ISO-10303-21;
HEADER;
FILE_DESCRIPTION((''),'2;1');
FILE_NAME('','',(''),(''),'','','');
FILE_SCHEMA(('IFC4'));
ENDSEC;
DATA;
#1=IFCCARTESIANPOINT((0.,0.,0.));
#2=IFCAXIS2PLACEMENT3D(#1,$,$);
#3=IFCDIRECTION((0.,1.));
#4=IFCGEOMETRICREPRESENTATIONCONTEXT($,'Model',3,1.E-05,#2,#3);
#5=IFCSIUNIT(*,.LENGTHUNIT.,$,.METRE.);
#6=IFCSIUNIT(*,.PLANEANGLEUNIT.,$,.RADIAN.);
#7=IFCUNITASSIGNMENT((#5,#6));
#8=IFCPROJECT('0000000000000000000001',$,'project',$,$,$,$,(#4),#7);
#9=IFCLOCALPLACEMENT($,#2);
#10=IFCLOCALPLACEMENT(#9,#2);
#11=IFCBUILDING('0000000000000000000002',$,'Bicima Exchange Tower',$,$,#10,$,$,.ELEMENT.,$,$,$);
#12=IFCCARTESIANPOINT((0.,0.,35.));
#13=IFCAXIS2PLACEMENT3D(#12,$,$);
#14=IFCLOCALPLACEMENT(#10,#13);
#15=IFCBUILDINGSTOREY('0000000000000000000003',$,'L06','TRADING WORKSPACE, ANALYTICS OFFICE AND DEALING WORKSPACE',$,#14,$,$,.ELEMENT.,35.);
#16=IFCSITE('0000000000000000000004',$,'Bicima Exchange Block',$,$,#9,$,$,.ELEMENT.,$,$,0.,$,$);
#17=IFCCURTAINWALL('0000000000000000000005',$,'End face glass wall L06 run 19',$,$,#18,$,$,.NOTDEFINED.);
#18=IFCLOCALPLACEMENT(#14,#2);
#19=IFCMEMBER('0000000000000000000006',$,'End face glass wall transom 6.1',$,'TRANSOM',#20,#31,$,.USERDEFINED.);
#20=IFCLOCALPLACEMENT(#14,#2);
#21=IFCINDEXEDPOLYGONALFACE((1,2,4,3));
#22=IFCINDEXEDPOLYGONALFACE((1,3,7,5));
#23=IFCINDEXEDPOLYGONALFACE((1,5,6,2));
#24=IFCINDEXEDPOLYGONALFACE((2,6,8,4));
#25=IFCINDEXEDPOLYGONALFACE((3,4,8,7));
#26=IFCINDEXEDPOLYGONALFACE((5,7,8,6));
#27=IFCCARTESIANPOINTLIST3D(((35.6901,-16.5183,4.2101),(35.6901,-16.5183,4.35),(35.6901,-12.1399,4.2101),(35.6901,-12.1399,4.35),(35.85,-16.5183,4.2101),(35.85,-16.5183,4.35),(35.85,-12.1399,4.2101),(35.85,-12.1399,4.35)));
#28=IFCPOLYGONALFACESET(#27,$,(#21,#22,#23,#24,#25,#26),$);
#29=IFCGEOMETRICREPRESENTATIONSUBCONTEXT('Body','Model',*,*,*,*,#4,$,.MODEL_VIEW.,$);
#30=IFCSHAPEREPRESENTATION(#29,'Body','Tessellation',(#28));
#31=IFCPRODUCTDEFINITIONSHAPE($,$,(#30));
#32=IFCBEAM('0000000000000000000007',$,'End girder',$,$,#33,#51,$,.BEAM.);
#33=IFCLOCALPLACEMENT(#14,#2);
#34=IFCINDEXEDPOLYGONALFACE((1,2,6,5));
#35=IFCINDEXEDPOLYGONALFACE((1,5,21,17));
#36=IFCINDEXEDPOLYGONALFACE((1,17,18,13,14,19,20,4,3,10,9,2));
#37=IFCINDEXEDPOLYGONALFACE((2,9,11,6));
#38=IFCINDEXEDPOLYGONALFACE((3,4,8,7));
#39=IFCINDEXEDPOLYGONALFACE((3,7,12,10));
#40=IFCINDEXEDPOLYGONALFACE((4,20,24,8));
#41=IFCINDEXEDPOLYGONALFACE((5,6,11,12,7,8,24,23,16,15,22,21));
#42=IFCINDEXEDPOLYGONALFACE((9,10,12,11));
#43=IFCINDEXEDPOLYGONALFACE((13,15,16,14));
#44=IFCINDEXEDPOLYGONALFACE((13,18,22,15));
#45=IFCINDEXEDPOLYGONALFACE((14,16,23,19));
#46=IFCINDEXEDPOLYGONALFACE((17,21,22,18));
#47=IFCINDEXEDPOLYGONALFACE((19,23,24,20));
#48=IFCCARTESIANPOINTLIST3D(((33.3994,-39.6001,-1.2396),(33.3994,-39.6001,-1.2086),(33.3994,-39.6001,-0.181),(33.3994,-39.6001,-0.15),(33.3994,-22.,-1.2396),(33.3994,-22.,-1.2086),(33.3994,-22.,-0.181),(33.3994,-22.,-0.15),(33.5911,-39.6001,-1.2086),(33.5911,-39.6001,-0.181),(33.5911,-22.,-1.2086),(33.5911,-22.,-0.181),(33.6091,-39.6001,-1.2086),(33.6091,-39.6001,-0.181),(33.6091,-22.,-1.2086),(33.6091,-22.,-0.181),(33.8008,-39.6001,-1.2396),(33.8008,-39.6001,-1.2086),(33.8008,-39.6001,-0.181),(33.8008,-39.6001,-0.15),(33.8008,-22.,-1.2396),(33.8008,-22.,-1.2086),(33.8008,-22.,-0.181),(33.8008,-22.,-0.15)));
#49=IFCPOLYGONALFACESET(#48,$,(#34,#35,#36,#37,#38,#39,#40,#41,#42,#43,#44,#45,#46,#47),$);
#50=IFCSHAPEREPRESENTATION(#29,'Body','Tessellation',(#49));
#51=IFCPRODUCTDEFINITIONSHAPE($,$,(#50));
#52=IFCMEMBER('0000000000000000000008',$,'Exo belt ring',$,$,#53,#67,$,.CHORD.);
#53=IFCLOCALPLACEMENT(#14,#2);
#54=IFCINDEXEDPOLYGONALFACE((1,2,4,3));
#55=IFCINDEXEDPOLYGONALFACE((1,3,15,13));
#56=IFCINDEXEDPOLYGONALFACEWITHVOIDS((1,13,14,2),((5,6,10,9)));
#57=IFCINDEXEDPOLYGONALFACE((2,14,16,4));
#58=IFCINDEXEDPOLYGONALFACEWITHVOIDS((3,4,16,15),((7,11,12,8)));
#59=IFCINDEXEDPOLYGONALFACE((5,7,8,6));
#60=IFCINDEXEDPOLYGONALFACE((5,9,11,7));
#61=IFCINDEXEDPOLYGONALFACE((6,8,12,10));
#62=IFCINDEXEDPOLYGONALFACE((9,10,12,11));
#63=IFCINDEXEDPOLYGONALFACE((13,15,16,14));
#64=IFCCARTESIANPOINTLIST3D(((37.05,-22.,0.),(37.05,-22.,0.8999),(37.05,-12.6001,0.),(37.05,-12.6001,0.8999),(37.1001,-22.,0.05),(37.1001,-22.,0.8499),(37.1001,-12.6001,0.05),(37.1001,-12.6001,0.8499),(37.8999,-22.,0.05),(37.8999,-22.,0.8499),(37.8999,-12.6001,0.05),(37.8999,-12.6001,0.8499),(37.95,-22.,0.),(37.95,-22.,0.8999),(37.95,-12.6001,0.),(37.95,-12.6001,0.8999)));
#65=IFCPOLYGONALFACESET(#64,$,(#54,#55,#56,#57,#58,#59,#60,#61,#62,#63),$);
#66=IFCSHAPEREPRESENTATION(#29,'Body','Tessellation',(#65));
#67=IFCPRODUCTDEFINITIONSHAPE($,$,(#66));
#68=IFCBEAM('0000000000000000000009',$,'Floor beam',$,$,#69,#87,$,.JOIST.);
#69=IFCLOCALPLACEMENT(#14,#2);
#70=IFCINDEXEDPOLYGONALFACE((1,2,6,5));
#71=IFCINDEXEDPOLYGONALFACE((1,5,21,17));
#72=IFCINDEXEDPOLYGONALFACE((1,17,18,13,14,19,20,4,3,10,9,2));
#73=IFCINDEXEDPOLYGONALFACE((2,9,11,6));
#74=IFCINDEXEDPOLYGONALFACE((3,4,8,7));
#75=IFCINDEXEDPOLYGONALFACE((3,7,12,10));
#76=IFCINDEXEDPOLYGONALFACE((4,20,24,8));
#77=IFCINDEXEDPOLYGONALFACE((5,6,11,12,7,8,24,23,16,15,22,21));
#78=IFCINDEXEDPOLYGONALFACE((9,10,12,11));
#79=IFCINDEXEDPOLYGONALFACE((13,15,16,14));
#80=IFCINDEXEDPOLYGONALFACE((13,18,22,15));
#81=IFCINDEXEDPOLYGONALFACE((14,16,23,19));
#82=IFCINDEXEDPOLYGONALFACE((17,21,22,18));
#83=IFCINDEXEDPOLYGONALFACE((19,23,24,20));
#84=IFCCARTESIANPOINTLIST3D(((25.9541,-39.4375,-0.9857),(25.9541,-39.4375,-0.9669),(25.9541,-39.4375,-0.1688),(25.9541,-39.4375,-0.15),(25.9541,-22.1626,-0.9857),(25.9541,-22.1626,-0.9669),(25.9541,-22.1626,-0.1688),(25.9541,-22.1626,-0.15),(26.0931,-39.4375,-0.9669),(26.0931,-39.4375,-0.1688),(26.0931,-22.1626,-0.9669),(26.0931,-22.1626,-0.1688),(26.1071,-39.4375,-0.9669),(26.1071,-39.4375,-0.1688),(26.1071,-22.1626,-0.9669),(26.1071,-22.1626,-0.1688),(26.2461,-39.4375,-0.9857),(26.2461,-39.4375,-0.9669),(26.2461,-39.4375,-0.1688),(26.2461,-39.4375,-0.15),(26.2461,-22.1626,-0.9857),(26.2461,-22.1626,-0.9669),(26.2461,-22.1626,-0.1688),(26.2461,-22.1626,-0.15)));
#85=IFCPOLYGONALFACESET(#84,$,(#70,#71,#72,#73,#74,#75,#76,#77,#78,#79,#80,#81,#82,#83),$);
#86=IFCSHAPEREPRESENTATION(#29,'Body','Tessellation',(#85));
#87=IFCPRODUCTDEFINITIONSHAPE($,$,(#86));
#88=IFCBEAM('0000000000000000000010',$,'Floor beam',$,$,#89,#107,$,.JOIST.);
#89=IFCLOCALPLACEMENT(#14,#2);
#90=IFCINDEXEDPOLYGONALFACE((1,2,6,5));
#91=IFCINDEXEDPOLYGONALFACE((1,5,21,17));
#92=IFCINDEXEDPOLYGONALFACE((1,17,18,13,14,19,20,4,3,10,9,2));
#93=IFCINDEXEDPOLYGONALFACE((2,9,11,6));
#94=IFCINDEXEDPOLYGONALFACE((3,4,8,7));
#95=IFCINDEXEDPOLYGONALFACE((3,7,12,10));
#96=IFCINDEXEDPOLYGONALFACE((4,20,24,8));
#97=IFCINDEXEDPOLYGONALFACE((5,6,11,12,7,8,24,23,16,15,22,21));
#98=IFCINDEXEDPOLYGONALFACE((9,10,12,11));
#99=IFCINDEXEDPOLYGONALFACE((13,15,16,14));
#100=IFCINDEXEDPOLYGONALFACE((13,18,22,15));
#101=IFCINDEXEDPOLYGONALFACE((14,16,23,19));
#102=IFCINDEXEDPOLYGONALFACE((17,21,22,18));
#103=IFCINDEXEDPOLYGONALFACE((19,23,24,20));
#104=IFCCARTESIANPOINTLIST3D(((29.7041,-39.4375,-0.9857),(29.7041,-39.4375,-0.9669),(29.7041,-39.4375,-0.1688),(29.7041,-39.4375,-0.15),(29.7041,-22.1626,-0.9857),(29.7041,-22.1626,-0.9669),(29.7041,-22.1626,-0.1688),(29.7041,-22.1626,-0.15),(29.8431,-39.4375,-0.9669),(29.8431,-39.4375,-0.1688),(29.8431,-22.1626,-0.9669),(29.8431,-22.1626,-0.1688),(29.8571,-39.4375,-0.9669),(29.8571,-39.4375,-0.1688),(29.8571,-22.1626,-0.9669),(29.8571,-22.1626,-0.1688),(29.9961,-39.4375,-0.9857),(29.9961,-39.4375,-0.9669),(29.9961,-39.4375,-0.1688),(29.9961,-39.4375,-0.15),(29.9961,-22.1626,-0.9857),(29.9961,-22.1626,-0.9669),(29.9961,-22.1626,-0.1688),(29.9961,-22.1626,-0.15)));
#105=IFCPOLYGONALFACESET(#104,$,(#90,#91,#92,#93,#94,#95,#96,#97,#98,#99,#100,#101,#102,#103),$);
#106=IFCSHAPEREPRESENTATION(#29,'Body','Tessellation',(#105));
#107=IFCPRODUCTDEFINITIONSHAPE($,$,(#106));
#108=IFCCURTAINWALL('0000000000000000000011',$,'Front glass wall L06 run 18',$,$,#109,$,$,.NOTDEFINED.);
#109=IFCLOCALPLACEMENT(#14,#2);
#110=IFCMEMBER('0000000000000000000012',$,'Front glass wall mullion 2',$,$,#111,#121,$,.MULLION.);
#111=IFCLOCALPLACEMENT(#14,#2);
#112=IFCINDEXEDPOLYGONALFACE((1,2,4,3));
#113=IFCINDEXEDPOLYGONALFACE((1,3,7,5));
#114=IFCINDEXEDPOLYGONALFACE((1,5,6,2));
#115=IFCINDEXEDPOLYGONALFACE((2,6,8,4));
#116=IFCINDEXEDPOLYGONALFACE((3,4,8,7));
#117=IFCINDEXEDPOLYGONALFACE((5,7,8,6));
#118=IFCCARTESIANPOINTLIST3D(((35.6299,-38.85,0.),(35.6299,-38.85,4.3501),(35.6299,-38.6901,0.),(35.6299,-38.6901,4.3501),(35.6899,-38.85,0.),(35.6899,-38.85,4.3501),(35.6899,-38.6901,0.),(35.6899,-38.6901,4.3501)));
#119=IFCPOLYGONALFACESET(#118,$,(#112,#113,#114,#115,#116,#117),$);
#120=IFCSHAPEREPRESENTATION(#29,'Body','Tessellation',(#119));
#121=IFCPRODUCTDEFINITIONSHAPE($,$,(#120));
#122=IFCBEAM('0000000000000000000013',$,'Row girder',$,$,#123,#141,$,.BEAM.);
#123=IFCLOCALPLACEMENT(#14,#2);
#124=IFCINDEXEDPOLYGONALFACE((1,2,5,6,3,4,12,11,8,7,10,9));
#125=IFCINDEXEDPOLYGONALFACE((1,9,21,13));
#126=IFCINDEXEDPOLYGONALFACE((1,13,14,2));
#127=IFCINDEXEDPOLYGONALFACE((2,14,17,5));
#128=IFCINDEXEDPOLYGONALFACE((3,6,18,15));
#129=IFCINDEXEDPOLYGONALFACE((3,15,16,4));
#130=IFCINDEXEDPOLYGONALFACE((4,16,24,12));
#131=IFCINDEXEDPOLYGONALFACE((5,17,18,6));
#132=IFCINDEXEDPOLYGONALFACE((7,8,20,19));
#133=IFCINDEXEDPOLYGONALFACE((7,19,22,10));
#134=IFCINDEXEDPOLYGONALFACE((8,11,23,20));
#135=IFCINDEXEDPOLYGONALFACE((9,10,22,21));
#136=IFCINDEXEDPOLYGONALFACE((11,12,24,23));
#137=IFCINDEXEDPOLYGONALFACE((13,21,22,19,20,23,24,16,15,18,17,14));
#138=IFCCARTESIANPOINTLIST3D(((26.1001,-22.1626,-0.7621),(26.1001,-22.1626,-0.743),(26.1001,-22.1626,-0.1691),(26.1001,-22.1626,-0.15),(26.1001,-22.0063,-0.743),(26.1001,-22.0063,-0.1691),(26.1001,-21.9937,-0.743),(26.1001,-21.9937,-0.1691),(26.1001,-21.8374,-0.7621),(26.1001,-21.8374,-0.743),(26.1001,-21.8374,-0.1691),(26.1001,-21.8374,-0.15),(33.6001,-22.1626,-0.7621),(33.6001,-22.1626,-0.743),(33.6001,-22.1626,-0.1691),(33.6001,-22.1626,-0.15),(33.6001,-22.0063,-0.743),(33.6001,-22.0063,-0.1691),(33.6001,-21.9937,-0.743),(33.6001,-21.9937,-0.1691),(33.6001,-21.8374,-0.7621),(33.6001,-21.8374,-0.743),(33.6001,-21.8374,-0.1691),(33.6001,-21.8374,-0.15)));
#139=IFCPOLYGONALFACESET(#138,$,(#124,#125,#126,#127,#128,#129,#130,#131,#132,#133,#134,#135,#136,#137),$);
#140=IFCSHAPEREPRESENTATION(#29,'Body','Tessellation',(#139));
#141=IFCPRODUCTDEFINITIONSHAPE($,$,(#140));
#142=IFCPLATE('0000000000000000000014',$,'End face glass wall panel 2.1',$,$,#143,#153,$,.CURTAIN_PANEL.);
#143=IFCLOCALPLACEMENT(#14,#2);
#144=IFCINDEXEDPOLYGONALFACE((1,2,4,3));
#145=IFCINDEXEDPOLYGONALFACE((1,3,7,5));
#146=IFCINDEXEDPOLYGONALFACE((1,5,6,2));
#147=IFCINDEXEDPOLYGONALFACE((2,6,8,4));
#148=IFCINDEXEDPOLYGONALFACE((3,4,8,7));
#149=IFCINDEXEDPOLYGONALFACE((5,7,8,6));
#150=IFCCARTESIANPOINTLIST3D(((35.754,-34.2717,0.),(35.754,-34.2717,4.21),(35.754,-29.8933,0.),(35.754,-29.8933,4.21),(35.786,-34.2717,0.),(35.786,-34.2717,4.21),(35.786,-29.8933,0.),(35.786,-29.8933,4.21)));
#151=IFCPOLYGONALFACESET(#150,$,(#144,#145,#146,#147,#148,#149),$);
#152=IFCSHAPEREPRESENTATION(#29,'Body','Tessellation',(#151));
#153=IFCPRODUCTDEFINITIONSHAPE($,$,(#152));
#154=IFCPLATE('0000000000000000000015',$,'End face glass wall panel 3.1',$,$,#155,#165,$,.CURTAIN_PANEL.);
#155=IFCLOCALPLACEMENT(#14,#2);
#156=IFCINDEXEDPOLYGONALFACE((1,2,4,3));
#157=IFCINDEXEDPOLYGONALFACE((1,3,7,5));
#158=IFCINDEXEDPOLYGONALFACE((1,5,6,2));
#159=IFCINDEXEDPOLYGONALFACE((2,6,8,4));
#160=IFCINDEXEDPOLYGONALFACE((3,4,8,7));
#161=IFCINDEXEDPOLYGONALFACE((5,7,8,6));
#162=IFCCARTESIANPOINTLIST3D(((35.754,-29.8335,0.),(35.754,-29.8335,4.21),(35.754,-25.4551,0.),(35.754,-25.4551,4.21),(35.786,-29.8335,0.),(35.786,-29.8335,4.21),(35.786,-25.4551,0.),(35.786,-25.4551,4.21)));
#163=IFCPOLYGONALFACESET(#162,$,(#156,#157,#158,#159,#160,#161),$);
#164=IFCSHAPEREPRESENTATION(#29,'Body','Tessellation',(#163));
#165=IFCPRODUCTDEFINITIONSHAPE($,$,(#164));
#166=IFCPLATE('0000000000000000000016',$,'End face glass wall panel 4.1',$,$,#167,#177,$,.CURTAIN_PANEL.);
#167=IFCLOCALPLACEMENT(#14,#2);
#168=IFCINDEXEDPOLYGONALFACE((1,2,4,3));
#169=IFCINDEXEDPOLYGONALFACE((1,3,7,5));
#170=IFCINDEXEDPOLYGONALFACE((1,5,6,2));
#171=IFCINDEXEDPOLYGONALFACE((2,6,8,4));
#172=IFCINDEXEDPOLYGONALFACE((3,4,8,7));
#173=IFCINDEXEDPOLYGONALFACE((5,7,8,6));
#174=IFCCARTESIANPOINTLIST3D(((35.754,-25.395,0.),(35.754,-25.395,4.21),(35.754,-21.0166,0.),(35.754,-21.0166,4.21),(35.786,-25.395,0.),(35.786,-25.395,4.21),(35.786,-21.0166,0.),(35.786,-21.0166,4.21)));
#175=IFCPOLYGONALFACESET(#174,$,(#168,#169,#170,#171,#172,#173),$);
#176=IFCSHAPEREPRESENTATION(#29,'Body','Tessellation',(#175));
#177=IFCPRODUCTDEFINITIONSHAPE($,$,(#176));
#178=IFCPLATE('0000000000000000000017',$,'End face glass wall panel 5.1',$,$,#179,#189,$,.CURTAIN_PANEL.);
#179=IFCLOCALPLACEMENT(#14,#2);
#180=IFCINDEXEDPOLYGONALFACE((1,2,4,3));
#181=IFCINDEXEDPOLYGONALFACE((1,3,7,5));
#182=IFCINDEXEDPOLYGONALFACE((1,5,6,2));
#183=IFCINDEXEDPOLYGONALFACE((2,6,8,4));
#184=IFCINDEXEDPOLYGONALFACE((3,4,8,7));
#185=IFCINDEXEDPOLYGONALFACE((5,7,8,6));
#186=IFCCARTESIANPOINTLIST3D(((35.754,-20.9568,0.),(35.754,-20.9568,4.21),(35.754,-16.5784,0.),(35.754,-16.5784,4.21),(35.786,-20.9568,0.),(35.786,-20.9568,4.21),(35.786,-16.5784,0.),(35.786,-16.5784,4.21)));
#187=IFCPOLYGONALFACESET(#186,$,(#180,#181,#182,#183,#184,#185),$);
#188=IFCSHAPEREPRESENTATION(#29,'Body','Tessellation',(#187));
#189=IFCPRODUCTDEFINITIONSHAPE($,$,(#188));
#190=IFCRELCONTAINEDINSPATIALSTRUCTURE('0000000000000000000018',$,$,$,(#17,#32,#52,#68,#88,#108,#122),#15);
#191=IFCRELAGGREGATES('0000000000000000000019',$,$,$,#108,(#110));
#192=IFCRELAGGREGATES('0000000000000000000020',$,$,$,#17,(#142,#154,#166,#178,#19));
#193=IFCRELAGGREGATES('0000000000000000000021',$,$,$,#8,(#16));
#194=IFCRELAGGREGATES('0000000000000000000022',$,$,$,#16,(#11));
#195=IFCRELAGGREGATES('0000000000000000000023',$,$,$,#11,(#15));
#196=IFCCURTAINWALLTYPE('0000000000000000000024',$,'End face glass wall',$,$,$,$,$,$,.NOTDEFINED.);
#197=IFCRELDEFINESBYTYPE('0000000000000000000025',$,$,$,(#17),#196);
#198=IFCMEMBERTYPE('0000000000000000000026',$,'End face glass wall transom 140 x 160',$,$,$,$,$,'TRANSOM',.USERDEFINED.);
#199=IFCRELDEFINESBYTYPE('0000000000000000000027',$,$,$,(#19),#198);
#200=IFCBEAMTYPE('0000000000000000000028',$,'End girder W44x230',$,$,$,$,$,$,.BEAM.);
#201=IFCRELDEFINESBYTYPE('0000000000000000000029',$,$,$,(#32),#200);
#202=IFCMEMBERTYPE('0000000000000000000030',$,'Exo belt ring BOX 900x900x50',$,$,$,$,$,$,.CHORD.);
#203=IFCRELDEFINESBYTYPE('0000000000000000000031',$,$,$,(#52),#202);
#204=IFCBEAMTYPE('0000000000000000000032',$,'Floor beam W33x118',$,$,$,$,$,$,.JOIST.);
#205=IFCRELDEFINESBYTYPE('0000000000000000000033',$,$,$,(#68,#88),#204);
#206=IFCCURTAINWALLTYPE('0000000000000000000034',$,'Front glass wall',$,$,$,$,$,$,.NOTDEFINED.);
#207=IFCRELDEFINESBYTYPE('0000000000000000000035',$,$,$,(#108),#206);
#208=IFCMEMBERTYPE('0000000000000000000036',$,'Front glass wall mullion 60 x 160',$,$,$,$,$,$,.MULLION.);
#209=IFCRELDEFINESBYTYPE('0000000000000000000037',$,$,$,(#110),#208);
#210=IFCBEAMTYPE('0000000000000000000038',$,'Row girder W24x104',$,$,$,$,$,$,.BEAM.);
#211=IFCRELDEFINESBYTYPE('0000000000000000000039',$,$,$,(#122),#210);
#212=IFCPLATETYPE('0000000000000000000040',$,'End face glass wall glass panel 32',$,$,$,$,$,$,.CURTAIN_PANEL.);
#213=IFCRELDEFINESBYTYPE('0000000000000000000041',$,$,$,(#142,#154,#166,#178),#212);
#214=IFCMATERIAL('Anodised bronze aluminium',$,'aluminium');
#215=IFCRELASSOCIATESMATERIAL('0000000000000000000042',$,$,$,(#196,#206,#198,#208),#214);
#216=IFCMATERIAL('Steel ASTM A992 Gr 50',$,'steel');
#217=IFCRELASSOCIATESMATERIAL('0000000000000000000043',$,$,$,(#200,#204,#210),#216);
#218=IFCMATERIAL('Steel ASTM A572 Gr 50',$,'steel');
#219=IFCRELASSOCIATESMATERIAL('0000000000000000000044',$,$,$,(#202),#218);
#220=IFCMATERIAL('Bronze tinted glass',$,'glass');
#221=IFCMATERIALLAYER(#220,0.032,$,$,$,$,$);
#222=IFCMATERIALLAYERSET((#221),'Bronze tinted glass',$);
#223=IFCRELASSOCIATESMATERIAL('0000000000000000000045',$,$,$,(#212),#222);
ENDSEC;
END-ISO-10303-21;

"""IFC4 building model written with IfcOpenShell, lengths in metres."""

from ifc_helpers import new_model, si_unit, direction, frame, origin, origin_2d, place, context, subcontext, project, spatial, rectangle, hollow_rectangle, i_section, extrude, material, layer, layer_set, material_profile, profile_set, type_object, element, aggregate, save


model = new_model("IFC4")

# Units and contexts
model_context = context("Model", 3, precision=1e-05, world=origin(), true_north=direction((0.0, 1.0)))
body_context = subcontext(model_context, "Body", "Model", "MODEL_VIEW")
ifc_project = project(units=[si_unit("LENGTHUNIT", "METRE"), si_unit("PLANEANGLEUNIT", "RADIAN")], contexts=[model_context])

# Site, building, storey
site_placement = place(None, origin())
site = spatial("IfcSite", under=ifc_project, at=site_placement, Name="Bicima Exchange Block", CompositionType="ELEMENT", RefElevation=0.0)
building_placement = place(site_placement, origin())
building = spatial("IfcBuilding", under=site, at=building_placement, Name="Bicima Exchange Tower", CompositionType="ELEMENT")
storey_placement = place(building_placement, frame((0.0, 0.0, 35.0)))
storey = spatial("IfcBuildingStorey", under=building, at=storey_placement, Name="L06", Description="TRADING WORKSPACE, ANALYTICS OFFICE AND DEALING WORKSPACE", CompositionType="ELEMENT", Elevation=35.0)

# Shared definitions
ifc_material_1 = material(Name="Steel ASTM A992 Gr 50", Category="steel")

# Curtain wall, member
ifc_material_2 = material(Name="Anodised bronze aluminium", Category="aluminium")
curtain_wall_type_1 = type_object("IfcCurtainWallType", Name="End face glass wall", PredefinedType="NOTDEFINED", material=ifc_material_2)
curtain_wall_1_placement = place(storey_placement, origin())
curtain_wall_1 = element("IfcCurtainWall", 1, at=curtain_wall_1_placement, inside=storey, type_object=curtain_wall_type_1, Name="End face glass wall L06 run 19", PredefinedType="NOTDEFINED")
ifc_material_profile_1 = material_profile(ifc_material_2, rectangle(XDim=0.1599, YDim=0.0601, at=origin_2d()))
ifc_profile_set_1 = profile_set([ifc_material_profile_1], Name="Anodised bronze aluminium")
ifc_material_profile_2 = material_profile(ifc_material_2, rectangle(XDim=0.1599, YDim=0.1399, at=origin_2d()))
ifc_profile_set_2 = profile_set([ifc_material_profile_2], Name="Anodised bronze aluminium")
member_type_1 = type_object("IfcMemberType", Name="End face glass wall transom 140 x 160", ElementType="TRANSOM", PredefinedType="USERDEFINED", material=ifc_profile_set_2)
member_1_placement = place(storey_placement, frame((35.77, -16.5183, 4.28), z_axis=(0.0, 1.0, 0.0), x_axis=(-1.0, 0.0, 0.0)))
member_1 = element("IfcMember", 2, at=member_1_placement, type_object=member_type_1, Name="End face glass wall transom 6.1", ObjectType="TRANSOM", PredefinedType="USERDEFINED", context=body_context, shape_type="SweptSolid", body=[
    extrude(rectangle(XDim=0.1599, YDim=0.1399, at=origin_2d()), origin(), (0.0, 0.0, 1.0), 4.3784),
])

# Beam
ifc_material_profile_3 = material_profile(ifc_material_1, i_section(OverallWidth=0.4014, OverallDepth=1.0896, WebThickness=0.0181, FlangeThickness=0.031, at=origin_2d()))
ifc_profile_set_3 = profile_set([ifc_material_profile_3], Name="Steel ASTM A992 Gr 50")
beam_type_1 = type_object("IfcBeamType", Name="End girder W44x230", PredefinedType="BEAM", material=ifc_profile_set_3)
beam_1_placement = place(storey_placement, frame((33.6001, -22.0, -0.6948), z_axis=(0.0, -1.0, 0.0), x_axis=(1.0, 0.0, 0.0)))
element("IfcBeam", 3, at=beam_1_placement, inside=storey, type_object=beam_type_1, Name="End girder", PredefinedType="BEAM", context=body_context, shape_type="SweptSolid", body=[
    extrude(i_section(OverallWidth=0.4014, OverallDepth=1.0896, WebThickness=0.0181, FlangeThickness=0.031, at=origin_2d()), origin(), (0.0, 0.0, 1.0), 17.6001),
])

# Member
ifc_material_3 = material(Name="Steel ASTM A572 Gr 50", Category="steel")
ifc_material_profile_4 = material_profile(ifc_material_3, hollow_rectangle(XDim=0.8999, YDim=0.8999, WallThickness=0.05, at=origin_2d()))
ifc_profile_set_4 = profile_set([ifc_material_profile_4], Name="Steel ASTM A572 Gr 50")
member_type_2 = type_object("IfcMemberType", Name="Exo belt ring BOX 900x900x50", PredefinedType="CHORD", material=ifc_profile_set_4)
member_2_placement = place(storey_placement, frame((37.5, -22.0, 0.45), z_axis=(0.0, 1.0, 0.0), x_axis=(-1.0, 0.0, 0.0)))
element("IfcMember", 4, at=member_2_placement, inside=storey, type_object=member_type_2, Name="Exo belt ring", PredefinedType="CHORD", context=body_context, shape_type="SweptSolid", body=[
    extrude(hollow_rectangle(XDim=0.8999, YDim=0.8999, WallThickness=0.05, at=origin_2d()), origin(), (0.0, 0.0, 1.0), 9.3999),
])

# Beams
ifc_material_profile_5 = material_profile(ifc_material_1, i_section(OverallWidth=0.292, OverallDepth=0.8357, WebThickness=0.0139, FlangeThickness=0.0188, at=origin_2d()))
ifc_profile_set_5 = profile_set([ifc_material_profile_5], Name="Steel ASTM A992 Gr 50")
beam_type_2 = type_object("IfcBeamType", Name="Floor beam W33x118", PredefinedType="JOIST", material=ifc_profile_set_5)
for number, where, z_axis, x_axis, name in (
    (5, (26.1001, -22.1626, -0.5679), (0.0, -1.0, 0.0), (1.0, 0.0, 0.0), "Floor beam"),
    (6, (29.8501, -22.1626, -0.5679), (0.0, -1.0, 0.0), (1.0, 0.0, 0.0), "Floor beam"),
):
    element("IfcBeam", number, at=place(storey_placement, frame(where, z_axis=z_axis, x_axis=x_axis)), inside=storey, type_object=beam_type_2, Name=name, PredefinedType="JOIST", context=body_context, shape_type="SweptSolid", body=[
        extrude(i_section(OverallWidth=0.292, OverallDepth=0.8357, WebThickness=0.0139, FlangeThickness=0.0188, at=origin_2d()), origin(), (0.0, 0.0, 1.0), 17.2749),
    ])

# Curtain wall, member
curtain_wall_type_2 = type_object("IfcCurtainWallType", Name="Front glass wall", PredefinedType="NOTDEFINED", material=ifc_material_2)
curtain_wall_2_placement = place(storey_placement, origin())
curtain_wall_2 = element("IfcCurtainWall", 7, at=curtain_wall_2_placement, inside=storey, type_object=curtain_wall_type_2, Name="Front glass wall L06 run 18", PredefinedType="NOTDEFINED")
member_type_3 = type_object("IfcMemberType", Name="Front glass wall mullion 60 x 160", PredefinedType="MULLION", material=ifc_profile_set_1)
member_3_placement = place(storey_placement, frame((35.6599, -38.77, 0.0), z_axis=(0.0, 0.0, 1.0), x_axis=(0.0, 1.0, 0.0)))
member_3 = element("IfcMember", 8, at=member_3_placement, type_object=member_type_3, Name="Front glass wall mullion 2", PredefinedType="MULLION", context=body_context, shape_type="SweptSolid", body=[
    extrude(rectangle(XDim=0.1599, YDim=0.0601, at=origin_2d()), origin(), (0.0, 0.0, 1.0), 4.3501),
])
aggregate(curtain_wall_2, [member_3])

# Beam
ifc_material_profile_6 = material_profile(ifc_material_1, i_section(OverallWidth=0.3252, OverallDepth=0.6121, WebThickness=0.0127, FlangeThickness=0.019, at=origin_2d()))
ifc_profile_set_6 = profile_set([ifc_material_profile_6], Name="Steel ASTM A992 Gr 50")
beam_type_3 = type_object("IfcBeamType", Name="Row girder W24x104", PredefinedType="BEAM", material=ifc_profile_set_6)
beam_2_placement = place(storey_placement, frame((26.1001, -22.0, -0.4561), z_axis=(1.0, 0.0, 0.0), x_axis=(0.0, 1.0, 0.0)))
element("IfcBeam", 9, at=beam_2_placement, inside=storey, type_object=beam_type_3, Name="Row girder", PredefinedType="BEAM", context=body_context, shape_type="SweptSolid", body=[
    extrude(i_section(OverallWidth=0.3252, OverallDepth=0.6121, WebThickness=0.0127, FlangeThickness=0.019, at=origin_2d()), origin(), (0.0, 0.0, 1.0), 7.5),
])

# Plates
ifc_material_4 = material(Name="Bronze tinted glass", Category="glass")
ifc_layer_1 = layer(ifc_material_4, 0.032)
ifc_layer_set_1 = layer_set([ifc_layer_1], Name="Bronze tinted glass")
plate_type_1 = type_object("IfcPlateType", Name="End face glass wall glass panel 32", PredefinedType="CURTAIN_PANEL", material=ifc_layer_set_1)
plate_1_placement = place(storey_placement, frame((35.77, -32.0825, 0.0), z_axis=(0.0, 0.0, 1.0), x_axis=(0.0, 1.0, 0.0)))
plate_1 = element("IfcPlate", 10, at=plate_1_placement, type_object=plate_type_1, Name="End face glass wall panel 2.1", PredefinedType="CURTAIN_PANEL", context=body_context, shape_type="SweptSolid", body=[
    extrude(rectangle(XDim=4.3784, YDim=0.032, at=origin_2d()), origin(), (0.0, 0.0, 1.0), 4.21),
])
plate_2_placement = place(storey_placement, frame((35.77, -27.6443, 0.0), z_axis=(0.0, 0.0, 1.0), x_axis=(0.0, 1.0, 0.0)))
plate_2 = element("IfcPlate", 11, at=plate_2_placement, type_object=plate_type_1, Name="End face glass wall panel 3.1", PredefinedType="CURTAIN_PANEL", context=body_context, shape_type="SweptSolid", body=[
    extrude(rectangle(XDim=4.3784, YDim=0.032, at=origin_2d()), origin(), (0.0, 0.0, 1.0), 4.21),
])
plate_3_placement = place(storey_placement, frame((35.77, -23.2058, 0.0), z_axis=(0.0, 0.0, 1.0), x_axis=(0.0, 1.0, 0.0)))
plate_3 = element("IfcPlate", 12, at=plate_3_placement, type_object=plate_type_1, Name="End face glass wall panel 4.1", PredefinedType="CURTAIN_PANEL", context=body_context, shape_type="SweptSolid", body=[
    extrude(rectangle(XDim=4.3784, YDim=0.032, at=origin_2d()), origin(), (0.0, 0.0, 1.0), 4.21),
])
plate_4_placement = place(storey_placement, frame((35.77, -18.7676, 0.0), z_axis=(0.0, 0.0, 1.0), x_axis=(0.0, 1.0, 0.0)))
plate_4 = element("IfcPlate", 13, at=plate_4_placement, type_object=plate_type_1, Name="End face glass wall panel 5.1", PredefinedType="CURTAIN_PANEL", context=body_context, shape_type="SweptSolid", body=[
    extrude(rectangle(XDim=4.3784, YDim=0.032, at=origin_2d()), origin(), (0.0, 0.0, 1.0), 4.21),
])
aggregate(curtain_wall_1, [plate_1, plate_2, plate_3, plate_4, member_1])

save(model, "model.ifc")
